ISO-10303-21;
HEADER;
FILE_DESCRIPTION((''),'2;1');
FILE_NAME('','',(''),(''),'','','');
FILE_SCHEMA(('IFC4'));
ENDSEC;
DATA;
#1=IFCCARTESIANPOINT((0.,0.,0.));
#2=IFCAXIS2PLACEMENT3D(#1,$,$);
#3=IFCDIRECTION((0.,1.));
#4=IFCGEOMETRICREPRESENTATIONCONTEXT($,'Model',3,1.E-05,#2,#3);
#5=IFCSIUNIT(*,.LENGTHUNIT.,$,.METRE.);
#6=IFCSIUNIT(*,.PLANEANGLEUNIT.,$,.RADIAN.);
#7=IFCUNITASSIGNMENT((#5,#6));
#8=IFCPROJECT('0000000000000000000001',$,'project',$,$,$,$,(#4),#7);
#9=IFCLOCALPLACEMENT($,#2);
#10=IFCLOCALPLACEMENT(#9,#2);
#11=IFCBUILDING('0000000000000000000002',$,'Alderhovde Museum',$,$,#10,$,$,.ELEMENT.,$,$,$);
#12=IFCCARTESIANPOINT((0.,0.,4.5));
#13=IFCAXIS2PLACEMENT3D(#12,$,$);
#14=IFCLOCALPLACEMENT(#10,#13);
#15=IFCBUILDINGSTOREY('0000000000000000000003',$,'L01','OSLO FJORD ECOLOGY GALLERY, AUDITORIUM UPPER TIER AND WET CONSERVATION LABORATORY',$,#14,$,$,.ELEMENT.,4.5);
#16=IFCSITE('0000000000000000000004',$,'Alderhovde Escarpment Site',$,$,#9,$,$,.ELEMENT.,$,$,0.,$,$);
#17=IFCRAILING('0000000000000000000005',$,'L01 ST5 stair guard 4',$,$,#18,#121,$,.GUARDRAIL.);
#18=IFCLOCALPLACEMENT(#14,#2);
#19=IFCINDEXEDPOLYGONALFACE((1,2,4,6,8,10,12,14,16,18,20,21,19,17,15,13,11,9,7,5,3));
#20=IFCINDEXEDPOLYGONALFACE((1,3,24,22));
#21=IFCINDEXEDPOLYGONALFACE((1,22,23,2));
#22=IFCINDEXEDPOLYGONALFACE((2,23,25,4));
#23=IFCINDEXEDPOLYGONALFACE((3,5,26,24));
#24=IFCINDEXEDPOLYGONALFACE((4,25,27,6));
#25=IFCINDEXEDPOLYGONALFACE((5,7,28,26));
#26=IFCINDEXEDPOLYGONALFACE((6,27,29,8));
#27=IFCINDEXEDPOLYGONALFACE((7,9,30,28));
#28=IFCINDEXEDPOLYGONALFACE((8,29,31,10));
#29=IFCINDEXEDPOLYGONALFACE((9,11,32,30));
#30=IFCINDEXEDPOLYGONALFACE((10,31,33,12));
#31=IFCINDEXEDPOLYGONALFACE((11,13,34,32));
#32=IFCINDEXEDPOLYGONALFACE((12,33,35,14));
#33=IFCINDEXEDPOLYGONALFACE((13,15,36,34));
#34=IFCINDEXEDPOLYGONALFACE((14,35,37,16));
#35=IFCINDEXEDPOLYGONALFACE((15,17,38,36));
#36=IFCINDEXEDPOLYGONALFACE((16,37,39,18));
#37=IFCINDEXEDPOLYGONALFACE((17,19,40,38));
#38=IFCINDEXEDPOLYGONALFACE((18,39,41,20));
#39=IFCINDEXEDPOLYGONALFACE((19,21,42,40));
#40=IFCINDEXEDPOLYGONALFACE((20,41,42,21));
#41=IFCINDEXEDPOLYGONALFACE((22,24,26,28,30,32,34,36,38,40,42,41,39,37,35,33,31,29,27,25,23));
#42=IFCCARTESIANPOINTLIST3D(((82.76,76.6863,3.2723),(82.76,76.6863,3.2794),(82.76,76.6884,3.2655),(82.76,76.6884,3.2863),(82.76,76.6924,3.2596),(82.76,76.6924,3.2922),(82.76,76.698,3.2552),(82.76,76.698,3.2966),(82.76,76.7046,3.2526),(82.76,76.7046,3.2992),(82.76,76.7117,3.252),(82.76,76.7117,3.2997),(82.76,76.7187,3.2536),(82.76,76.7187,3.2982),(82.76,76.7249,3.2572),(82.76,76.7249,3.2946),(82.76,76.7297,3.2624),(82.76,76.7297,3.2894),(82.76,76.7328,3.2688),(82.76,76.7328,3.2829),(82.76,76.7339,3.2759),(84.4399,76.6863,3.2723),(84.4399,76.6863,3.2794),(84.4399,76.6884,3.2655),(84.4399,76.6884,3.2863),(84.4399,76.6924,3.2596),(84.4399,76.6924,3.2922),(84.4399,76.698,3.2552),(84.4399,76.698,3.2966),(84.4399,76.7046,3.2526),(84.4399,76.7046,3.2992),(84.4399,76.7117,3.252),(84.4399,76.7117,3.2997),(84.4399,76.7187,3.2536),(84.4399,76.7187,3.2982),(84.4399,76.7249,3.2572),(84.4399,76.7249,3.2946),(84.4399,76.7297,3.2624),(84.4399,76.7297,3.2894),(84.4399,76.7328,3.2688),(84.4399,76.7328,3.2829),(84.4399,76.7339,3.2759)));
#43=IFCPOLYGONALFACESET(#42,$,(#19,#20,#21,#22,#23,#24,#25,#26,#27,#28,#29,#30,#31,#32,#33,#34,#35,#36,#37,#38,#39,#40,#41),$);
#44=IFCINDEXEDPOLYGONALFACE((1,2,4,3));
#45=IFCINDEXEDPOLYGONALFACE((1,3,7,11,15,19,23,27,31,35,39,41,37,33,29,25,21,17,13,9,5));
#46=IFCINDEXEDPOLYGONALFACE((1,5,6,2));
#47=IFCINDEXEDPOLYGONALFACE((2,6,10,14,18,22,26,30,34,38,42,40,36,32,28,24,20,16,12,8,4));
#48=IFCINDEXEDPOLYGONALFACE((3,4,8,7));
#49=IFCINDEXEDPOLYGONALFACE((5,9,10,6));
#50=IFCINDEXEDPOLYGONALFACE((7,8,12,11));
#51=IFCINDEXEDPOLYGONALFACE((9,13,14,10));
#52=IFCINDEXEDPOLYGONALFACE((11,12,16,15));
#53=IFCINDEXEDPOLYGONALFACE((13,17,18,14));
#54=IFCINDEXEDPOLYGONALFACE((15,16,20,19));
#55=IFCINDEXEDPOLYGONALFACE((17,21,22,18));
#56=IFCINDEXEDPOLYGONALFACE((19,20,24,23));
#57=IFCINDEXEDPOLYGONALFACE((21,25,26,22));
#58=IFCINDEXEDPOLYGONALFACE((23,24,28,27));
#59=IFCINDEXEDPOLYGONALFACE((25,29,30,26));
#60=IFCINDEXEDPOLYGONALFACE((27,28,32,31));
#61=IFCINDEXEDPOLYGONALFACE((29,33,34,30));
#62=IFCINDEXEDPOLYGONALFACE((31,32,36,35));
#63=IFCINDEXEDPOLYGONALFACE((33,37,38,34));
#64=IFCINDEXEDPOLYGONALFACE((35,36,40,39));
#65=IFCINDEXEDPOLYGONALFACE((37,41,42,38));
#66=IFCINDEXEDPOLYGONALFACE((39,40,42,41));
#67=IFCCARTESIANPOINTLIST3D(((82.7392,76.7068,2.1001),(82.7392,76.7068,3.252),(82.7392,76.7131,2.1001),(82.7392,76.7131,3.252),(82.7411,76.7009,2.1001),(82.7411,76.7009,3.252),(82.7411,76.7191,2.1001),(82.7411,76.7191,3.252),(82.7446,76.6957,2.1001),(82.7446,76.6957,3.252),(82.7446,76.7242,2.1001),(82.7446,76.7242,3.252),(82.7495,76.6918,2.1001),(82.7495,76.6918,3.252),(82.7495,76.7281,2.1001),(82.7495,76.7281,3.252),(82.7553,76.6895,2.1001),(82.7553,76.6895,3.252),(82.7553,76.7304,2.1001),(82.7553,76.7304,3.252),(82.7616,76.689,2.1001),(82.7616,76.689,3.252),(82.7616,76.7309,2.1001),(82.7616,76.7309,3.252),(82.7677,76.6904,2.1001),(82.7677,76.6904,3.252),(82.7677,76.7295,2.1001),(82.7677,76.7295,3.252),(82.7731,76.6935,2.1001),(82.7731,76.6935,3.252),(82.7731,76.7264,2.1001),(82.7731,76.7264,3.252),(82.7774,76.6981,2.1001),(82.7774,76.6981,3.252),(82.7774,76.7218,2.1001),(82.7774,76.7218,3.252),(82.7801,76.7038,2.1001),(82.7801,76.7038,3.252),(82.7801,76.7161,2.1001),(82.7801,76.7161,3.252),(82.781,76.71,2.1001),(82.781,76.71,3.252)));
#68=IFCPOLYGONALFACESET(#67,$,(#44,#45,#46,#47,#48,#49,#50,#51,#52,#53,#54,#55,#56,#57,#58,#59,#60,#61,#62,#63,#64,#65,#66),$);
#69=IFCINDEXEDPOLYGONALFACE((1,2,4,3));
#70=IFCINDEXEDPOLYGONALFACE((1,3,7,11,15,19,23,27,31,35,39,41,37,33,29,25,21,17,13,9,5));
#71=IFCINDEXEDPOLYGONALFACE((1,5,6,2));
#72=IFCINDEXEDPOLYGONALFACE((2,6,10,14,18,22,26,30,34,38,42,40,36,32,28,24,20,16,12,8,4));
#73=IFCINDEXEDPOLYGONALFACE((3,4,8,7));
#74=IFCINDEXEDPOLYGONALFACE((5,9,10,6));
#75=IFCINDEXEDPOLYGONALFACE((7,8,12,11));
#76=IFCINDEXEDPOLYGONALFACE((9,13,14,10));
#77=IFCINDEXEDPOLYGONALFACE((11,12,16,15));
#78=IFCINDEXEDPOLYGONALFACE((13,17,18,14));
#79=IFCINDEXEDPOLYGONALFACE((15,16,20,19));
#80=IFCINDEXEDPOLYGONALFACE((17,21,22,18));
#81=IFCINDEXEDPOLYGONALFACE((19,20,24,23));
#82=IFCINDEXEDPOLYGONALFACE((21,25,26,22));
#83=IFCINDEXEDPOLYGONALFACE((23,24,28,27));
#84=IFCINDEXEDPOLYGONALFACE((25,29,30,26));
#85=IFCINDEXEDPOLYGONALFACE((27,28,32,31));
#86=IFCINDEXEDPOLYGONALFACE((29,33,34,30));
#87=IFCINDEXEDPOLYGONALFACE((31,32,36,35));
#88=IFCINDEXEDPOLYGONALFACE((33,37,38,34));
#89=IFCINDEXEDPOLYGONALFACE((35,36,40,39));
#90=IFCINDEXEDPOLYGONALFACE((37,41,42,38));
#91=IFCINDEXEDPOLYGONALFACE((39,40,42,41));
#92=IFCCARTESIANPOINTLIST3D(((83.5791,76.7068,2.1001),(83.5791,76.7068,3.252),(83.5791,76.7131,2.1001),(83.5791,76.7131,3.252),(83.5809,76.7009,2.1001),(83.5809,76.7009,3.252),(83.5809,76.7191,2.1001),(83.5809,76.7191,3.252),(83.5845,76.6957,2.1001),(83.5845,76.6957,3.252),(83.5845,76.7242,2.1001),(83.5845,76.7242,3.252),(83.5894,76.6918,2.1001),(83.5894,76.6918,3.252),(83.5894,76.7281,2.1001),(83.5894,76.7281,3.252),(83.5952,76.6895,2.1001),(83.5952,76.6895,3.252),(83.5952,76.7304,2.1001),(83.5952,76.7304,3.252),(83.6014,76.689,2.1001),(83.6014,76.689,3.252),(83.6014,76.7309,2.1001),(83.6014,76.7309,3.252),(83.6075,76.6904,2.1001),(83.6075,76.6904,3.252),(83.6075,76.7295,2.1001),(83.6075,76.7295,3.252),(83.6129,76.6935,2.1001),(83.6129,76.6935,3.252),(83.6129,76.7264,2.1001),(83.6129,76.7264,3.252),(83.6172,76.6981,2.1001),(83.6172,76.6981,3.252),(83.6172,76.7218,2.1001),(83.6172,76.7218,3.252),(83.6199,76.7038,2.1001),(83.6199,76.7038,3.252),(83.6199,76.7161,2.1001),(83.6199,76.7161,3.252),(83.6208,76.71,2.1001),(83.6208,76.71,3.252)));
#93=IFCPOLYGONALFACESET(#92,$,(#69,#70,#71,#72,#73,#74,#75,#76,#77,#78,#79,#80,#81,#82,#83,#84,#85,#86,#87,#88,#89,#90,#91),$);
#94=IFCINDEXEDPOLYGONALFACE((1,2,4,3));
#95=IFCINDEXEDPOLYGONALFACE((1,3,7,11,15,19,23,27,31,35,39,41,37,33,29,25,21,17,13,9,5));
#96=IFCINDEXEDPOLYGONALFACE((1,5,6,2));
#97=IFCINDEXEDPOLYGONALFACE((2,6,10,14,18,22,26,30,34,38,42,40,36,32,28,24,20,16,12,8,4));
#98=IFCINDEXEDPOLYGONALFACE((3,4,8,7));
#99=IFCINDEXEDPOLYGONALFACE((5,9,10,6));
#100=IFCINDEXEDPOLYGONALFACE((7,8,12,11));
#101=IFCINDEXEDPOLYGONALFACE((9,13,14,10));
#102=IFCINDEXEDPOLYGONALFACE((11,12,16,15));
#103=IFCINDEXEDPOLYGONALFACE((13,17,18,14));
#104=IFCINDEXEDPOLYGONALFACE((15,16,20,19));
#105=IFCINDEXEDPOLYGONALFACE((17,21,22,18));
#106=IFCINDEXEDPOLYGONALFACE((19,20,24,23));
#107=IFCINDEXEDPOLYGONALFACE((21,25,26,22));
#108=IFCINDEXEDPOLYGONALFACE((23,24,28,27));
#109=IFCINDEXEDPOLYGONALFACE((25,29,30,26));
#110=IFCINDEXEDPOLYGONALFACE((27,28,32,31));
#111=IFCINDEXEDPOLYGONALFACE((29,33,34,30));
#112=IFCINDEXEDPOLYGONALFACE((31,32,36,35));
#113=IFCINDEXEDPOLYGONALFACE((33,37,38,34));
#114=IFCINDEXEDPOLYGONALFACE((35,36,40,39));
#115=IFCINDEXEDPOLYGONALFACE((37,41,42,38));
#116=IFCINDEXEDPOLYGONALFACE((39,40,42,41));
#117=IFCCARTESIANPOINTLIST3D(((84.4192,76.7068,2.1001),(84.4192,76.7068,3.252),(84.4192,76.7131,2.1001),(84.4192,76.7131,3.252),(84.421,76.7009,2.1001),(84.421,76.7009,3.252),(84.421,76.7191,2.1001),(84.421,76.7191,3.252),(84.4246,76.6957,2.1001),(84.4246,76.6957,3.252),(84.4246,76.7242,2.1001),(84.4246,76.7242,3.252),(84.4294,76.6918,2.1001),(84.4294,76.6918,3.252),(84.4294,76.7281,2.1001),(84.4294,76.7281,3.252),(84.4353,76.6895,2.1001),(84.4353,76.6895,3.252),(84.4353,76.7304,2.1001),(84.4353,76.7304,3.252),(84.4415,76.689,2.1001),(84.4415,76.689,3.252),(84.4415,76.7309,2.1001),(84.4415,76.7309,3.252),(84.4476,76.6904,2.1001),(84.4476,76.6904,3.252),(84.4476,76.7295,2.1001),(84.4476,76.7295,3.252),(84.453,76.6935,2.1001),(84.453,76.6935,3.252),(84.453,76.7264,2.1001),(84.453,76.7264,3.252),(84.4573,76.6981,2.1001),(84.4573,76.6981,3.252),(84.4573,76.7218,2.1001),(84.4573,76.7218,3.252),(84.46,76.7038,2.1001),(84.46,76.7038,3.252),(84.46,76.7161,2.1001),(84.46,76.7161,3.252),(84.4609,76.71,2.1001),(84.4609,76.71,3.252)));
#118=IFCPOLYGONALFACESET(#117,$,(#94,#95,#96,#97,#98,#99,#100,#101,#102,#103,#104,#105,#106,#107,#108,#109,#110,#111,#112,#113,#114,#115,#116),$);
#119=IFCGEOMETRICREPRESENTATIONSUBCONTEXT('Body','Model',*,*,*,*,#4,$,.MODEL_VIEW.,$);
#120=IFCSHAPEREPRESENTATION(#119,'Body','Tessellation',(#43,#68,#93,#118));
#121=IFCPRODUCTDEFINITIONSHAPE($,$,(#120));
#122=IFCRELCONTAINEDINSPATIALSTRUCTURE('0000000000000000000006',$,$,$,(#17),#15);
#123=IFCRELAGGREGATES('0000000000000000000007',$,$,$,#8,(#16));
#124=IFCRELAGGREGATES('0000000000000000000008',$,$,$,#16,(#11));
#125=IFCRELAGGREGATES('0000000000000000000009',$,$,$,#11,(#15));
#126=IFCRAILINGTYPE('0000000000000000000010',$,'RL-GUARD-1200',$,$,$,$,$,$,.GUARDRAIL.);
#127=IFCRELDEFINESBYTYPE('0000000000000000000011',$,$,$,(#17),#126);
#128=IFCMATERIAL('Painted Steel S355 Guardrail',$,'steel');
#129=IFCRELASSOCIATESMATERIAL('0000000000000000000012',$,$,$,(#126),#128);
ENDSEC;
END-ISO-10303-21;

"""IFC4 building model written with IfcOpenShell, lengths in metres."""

from ifc_helpers import new_model, si_unit, direction, frame, origin, origin_2d, place, context, subcontext, project, spatial, circle, extrude, material, type_object, element, save


model = new_model("IFC4")

# Units and contexts
model_context = context("Model", 3, precision=1e-05, world=origin(), true_north=direction((0.0, 1.0)))
body_context = subcontext(model_context, "Body", "Model", "MODEL_VIEW")
ifc_project = project(units=[si_unit("LENGTHUNIT", "METRE"), si_unit("PLANEANGLEUNIT", "RADIAN")], contexts=[model_context])

# Site, building, storey
site_placement = place(None, origin())
site = spatial("IfcSite", under=ifc_project, at=site_placement, Name="Alderhovde Escarpment Site", CompositionType="ELEMENT", RefElevation=0.0)
building_placement = place(site_placement, origin())
building = spatial("IfcBuilding", under=site, at=building_placement, Name="Alderhovde Museum", CompositionType="ELEMENT")
storey_placement = place(building_placement, frame((0.0, 0.0, 4.5)))
storey = spatial("IfcBuildingStorey", under=building, at=storey_placement, Name="L01", Description="OSLO FJORD ECOLOGY GALLERY, AUDITORIUM UPPER TIER AND WET CONSERVATION LABORATORY", CompositionType="ELEMENT", Elevation=4.5)

# Railing
ifc_material_1 = material(Name="Painted Steel S355 Guardrail", Category="steel")
railing_type_1 = type_object("IfcRailingType", Name="RL-GUARD-1200", PredefinedType="GUARDRAIL", material=ifc_material_1)
for number, where, name in (
    (1, (82.76, 76.71, 2.1001), "L01 ST5 stair guard 4"),
):
    element("IfcRailing", number, at=place(storey_placement, frame(where)), inside=storey, type_object=railing_type_1, Name=name, PredefinedType="GUARDRAIL", context=body_context, shape_type="SweptSolid", body=[
        extrude(circle(Radius=0.0239, at=origin_2d()), frame((0.0, 0.0, 1.1758), z_axis=(1.0, 0.0, 0.0), x_axis=(0.0, 1.0, 0.0)), (0.0, 0.0, 1.0), 1.6799),
        extrude(circle(Radius=0.021, at=origin_2d()), origin(), (0.0, 0.0, 1.0), 1.1519),
        extrude(circle(Radius=0.021, at=origin_2d()), frame((0.8398, 0.0, 0.0)), (0.0, 0.0, 1.0), 1.1519),
        extrude(circle(Radius=0.021, at=origin_2d()), frame((1.6799, 0.0, 0.0)), (0.0, 0.0, 1.0), 1.1519),
    ])

save(model, "model.ifc")
